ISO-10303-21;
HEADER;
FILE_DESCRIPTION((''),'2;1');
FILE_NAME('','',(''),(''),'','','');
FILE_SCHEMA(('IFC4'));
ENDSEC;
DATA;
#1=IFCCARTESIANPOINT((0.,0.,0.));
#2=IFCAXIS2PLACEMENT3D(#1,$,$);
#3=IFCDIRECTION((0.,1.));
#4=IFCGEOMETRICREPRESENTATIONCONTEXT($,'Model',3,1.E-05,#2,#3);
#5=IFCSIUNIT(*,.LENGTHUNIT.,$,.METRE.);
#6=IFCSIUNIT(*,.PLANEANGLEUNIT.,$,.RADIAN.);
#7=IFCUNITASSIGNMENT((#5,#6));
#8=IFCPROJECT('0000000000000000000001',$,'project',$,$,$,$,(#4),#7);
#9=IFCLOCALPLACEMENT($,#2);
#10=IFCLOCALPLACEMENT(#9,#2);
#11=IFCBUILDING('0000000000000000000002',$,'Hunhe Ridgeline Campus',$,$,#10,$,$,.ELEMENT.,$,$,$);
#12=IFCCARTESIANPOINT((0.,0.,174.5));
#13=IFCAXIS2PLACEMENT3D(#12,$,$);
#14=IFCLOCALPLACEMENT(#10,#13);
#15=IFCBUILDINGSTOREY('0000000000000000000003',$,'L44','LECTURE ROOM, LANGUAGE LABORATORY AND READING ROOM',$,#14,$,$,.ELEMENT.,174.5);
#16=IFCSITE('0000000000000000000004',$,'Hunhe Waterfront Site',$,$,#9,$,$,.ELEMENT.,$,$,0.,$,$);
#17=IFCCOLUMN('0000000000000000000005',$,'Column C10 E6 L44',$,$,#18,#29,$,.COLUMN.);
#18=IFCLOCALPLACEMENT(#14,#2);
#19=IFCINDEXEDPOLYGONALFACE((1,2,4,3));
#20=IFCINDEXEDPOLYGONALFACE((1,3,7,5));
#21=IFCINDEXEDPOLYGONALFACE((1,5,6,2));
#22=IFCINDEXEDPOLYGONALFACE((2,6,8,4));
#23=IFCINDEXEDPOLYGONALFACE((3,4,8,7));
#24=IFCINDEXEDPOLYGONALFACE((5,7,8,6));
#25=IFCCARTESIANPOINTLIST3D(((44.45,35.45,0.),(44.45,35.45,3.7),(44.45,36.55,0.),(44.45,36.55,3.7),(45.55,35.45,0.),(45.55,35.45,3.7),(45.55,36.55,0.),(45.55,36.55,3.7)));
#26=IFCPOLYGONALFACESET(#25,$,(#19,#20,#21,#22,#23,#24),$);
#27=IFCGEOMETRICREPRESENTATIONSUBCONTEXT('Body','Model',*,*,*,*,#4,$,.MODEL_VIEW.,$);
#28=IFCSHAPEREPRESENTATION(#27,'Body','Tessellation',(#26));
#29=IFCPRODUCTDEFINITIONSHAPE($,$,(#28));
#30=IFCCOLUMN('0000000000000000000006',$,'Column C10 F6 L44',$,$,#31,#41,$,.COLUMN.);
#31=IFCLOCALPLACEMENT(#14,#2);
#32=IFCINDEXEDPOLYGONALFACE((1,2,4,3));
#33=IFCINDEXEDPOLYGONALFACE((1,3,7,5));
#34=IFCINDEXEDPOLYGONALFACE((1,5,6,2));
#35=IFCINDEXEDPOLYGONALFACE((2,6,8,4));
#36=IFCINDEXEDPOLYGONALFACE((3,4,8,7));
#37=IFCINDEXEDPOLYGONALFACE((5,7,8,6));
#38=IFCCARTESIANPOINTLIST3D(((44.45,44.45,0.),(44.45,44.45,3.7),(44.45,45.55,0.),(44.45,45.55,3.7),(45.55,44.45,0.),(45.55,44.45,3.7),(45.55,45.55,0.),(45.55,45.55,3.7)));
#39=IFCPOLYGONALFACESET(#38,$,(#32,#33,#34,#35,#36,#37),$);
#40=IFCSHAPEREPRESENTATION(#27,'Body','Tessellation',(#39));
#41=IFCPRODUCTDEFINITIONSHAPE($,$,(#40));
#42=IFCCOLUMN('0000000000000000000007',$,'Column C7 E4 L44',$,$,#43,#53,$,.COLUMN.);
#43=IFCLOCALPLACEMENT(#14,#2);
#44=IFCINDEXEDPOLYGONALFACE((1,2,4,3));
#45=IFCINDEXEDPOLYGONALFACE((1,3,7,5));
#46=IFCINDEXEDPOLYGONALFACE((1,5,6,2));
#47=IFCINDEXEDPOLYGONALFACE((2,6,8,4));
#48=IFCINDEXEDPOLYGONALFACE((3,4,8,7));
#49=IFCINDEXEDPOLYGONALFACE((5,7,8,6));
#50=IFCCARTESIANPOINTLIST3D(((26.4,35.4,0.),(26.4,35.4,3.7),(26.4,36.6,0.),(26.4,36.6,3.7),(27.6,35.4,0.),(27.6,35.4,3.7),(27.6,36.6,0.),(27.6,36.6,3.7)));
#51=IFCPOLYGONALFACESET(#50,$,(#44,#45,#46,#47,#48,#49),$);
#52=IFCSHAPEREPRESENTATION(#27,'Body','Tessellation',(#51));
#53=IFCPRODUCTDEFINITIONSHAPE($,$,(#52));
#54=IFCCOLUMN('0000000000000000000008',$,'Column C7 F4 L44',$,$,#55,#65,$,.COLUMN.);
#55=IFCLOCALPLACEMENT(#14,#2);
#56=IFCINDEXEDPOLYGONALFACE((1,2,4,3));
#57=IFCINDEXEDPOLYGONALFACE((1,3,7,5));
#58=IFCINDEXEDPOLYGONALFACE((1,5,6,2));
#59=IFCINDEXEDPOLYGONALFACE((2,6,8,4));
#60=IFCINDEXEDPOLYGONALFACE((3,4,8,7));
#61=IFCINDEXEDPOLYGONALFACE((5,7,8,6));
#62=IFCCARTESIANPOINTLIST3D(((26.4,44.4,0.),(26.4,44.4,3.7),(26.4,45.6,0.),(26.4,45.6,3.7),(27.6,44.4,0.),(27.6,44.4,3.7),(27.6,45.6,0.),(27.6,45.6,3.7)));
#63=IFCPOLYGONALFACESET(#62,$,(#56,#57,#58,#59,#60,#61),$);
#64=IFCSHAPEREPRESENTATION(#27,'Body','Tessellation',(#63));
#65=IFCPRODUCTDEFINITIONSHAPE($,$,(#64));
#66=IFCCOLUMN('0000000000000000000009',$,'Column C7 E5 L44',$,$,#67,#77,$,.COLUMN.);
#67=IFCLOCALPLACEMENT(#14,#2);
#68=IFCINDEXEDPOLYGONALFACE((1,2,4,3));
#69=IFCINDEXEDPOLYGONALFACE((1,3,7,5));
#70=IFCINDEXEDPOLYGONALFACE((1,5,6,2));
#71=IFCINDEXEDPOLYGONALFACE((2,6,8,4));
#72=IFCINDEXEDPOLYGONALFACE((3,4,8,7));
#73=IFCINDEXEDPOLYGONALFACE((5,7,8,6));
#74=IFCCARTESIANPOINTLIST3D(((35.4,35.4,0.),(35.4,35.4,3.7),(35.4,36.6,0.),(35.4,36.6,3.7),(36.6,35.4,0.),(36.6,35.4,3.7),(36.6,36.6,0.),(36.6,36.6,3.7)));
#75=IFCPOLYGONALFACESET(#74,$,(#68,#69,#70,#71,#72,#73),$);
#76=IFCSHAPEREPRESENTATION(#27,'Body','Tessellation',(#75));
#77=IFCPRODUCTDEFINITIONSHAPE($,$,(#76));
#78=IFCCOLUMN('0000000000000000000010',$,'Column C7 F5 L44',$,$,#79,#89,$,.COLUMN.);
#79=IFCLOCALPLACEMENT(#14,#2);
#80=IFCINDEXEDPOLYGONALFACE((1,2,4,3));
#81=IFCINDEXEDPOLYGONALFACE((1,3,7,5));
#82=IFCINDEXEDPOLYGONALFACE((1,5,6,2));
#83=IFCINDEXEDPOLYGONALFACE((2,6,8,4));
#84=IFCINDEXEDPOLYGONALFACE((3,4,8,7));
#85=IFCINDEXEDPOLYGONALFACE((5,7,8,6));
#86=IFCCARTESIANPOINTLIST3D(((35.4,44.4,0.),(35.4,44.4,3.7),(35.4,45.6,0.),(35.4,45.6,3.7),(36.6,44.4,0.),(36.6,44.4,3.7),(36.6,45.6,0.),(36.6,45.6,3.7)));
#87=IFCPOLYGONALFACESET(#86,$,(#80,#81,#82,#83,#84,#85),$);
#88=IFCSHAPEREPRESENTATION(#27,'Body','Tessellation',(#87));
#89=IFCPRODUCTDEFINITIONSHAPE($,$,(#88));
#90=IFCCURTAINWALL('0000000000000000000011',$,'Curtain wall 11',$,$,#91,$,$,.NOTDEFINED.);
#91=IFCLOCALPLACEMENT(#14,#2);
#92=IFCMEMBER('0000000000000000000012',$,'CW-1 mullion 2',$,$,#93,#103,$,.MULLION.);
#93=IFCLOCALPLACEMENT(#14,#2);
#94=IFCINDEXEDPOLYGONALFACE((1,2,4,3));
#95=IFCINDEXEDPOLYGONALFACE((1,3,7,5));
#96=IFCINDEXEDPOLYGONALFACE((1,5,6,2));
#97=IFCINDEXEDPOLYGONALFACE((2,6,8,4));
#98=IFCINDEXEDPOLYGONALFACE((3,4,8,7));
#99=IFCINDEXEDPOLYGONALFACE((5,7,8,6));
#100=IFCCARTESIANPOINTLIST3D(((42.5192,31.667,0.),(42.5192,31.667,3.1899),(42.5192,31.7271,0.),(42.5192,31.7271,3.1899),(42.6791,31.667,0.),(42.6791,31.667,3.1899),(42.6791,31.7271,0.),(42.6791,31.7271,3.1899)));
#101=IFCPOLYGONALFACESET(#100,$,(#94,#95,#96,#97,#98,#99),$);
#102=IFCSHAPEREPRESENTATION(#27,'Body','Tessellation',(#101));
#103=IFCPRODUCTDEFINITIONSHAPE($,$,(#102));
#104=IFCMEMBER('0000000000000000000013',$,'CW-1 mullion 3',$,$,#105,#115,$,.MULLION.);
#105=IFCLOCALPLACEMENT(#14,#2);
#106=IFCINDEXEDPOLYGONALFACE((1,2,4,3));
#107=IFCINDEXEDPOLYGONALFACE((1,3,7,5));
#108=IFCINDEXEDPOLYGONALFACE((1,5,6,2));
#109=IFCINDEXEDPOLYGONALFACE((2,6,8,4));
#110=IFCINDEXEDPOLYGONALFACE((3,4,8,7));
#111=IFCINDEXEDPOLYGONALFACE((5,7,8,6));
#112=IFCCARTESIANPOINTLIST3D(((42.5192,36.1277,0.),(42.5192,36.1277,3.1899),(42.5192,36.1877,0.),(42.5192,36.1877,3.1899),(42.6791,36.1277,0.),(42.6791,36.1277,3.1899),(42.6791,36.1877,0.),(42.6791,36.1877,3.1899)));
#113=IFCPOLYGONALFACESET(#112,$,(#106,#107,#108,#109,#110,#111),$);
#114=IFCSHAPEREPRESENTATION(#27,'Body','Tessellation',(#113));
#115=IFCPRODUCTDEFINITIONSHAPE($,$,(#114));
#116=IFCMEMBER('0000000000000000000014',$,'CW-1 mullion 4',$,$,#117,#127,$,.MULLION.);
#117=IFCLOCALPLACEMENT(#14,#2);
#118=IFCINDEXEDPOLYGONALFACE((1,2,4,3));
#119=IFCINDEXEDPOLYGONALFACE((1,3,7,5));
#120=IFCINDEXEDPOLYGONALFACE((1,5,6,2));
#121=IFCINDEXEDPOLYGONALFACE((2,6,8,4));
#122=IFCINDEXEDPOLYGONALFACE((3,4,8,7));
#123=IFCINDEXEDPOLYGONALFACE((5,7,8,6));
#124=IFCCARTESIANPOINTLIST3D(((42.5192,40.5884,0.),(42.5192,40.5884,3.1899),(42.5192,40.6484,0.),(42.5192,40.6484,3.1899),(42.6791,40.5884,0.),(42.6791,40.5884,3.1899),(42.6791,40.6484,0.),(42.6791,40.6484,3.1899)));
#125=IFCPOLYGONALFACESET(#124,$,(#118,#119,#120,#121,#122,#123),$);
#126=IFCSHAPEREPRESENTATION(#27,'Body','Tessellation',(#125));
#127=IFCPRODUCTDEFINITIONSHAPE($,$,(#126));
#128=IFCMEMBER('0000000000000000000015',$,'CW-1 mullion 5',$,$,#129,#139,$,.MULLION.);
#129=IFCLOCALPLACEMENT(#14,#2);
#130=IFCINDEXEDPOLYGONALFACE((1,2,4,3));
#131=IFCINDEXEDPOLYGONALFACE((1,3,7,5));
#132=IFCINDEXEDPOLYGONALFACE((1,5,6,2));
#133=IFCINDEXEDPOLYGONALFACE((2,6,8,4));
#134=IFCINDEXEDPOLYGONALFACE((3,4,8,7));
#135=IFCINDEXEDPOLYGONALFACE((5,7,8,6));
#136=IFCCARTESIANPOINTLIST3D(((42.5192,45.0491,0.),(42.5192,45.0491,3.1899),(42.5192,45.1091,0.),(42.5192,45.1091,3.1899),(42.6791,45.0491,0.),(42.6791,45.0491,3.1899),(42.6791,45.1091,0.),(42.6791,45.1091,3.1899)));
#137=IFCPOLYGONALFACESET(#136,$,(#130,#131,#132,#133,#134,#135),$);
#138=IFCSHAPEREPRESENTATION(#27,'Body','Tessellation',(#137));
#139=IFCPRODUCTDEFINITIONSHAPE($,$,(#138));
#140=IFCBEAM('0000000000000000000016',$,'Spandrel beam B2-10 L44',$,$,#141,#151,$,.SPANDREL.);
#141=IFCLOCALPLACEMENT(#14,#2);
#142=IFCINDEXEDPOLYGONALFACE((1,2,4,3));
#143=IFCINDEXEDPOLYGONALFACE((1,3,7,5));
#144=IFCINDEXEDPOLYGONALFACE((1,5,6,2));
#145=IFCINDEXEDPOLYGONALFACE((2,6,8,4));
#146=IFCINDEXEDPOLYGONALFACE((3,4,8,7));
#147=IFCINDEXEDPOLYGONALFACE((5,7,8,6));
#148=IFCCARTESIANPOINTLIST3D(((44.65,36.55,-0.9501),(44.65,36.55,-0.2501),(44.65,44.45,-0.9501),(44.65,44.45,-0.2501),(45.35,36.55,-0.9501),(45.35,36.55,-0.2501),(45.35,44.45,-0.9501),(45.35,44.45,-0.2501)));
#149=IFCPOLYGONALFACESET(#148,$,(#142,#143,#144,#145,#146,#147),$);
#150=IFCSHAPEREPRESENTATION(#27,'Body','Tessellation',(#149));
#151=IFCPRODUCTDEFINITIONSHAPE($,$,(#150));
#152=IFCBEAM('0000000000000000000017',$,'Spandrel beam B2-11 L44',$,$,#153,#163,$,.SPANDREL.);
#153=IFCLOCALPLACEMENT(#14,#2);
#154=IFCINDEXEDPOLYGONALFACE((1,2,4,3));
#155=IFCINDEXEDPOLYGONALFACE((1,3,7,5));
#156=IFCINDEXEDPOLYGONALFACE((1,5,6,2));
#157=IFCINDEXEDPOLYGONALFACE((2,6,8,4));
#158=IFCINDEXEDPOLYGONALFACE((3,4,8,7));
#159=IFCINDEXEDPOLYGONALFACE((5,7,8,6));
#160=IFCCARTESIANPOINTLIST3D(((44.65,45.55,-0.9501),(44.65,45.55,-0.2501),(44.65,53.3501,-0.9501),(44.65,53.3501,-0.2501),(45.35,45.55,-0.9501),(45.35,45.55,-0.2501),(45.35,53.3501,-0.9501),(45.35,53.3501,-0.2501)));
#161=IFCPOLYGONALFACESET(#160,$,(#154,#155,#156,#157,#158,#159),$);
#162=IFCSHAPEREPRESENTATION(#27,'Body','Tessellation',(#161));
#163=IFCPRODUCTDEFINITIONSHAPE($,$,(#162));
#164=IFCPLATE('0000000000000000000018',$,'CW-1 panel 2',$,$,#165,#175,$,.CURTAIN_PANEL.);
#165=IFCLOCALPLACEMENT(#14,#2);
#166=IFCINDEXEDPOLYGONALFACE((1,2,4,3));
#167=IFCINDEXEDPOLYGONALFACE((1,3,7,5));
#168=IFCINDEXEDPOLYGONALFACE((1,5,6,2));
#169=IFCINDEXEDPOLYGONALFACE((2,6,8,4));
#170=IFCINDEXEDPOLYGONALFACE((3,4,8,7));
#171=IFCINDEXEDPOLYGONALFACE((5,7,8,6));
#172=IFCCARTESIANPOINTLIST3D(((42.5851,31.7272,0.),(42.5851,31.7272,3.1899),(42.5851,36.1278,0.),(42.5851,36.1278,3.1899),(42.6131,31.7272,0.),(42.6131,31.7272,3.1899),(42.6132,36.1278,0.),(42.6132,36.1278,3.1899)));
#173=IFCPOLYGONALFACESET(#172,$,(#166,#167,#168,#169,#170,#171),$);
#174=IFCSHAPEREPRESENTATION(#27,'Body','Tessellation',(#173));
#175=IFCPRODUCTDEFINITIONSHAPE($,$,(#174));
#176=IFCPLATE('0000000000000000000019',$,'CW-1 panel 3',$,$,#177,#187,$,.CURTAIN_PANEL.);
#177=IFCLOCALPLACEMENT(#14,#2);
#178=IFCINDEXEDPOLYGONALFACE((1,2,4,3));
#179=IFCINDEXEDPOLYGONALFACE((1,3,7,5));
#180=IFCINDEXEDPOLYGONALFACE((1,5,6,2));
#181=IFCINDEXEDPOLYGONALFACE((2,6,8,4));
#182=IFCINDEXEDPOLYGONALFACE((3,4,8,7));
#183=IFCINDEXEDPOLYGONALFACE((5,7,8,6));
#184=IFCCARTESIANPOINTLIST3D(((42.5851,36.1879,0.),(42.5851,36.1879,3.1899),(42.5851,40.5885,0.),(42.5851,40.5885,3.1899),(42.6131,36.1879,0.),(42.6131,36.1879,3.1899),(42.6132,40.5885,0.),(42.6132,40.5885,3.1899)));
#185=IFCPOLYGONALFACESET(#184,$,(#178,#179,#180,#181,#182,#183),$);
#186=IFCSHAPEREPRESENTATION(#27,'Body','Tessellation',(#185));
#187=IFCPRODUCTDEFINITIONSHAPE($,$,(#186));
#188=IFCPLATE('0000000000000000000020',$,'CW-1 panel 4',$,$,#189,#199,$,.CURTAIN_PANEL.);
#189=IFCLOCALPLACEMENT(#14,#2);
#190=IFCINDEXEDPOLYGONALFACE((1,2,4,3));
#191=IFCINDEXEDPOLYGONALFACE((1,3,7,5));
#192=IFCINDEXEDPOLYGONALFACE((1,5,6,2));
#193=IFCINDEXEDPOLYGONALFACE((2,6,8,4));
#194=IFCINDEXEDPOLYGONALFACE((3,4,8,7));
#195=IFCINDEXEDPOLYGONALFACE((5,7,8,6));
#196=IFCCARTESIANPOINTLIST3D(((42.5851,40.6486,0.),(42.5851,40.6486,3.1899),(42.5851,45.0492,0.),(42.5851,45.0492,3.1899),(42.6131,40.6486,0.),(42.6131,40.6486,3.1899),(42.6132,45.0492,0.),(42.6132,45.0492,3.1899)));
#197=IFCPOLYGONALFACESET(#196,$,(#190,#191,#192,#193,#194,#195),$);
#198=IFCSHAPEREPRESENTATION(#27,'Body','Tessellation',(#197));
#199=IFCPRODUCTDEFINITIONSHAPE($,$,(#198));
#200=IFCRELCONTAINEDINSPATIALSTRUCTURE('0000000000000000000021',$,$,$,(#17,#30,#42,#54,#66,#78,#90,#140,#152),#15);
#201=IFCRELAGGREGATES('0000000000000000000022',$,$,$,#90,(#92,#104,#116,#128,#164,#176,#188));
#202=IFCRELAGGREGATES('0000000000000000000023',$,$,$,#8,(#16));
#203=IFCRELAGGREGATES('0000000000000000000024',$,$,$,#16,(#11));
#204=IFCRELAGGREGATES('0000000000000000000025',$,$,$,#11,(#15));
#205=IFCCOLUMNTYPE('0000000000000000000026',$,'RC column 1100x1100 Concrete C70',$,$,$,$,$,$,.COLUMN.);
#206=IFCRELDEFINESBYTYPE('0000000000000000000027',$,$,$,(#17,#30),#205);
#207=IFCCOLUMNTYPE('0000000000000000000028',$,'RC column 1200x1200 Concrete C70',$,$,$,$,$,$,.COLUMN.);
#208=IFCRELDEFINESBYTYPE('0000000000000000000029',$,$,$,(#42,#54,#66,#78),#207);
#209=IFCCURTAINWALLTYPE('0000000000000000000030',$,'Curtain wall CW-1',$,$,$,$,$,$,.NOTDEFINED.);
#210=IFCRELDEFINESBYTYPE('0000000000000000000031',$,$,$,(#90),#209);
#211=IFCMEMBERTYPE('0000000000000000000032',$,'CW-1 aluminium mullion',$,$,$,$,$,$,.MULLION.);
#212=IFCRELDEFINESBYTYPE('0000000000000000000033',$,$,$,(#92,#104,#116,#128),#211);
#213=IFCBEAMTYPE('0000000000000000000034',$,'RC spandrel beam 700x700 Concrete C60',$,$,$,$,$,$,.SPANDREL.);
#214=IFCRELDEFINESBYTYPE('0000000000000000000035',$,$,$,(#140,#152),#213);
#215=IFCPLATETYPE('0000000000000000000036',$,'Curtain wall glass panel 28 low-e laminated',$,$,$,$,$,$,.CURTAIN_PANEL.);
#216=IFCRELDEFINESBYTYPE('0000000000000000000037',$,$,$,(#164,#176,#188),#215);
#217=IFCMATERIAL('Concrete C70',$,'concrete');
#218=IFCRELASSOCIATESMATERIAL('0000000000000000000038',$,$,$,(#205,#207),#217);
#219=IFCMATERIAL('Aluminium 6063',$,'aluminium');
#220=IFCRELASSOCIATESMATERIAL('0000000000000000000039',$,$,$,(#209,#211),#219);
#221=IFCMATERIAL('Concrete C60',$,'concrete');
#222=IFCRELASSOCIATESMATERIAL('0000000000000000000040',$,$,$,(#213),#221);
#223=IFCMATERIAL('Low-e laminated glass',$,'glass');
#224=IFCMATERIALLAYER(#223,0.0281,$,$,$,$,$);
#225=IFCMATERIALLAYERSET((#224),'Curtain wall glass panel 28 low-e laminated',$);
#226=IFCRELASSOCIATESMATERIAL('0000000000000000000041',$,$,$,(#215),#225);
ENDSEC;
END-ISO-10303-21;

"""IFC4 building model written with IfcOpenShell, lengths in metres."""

from ifc_helpers import new_model, si_unit, direction, frame, origin, origin_2d, place, context, subcontext, project, spatial, rectangle, extrude, material, layer, layer_set, material_profile, profile_set, type_object, element, aggregate, save


model = new_model("IFC4")

# Units and contexts
model_context = context("Model", 3, precision=1e-05, world=origin(), true_north=direction((0.0, 1.0)))
body_context = subcontext(model_context, "Body", "Model", "MODEL_VIEW")
ifc_project = project(units=[si_unit("LENGTHUNIT", "METRE"), si_unit("PLANEANGLEUNIT", "RADIAN")], contexts=[model_context])

# Site, building, storey
site_placement = place(None, origin())
site = spatial("IfcSite", under=ifc_project, at=site_placement, Name="Hunhe Waterfront Site", CompositionType="ELEMENT", RefElevation=0.0)
building_placement = place(site_placement, origin())
building = spatial("IfcBuilding", under=site, at=building_placement, Name="Hunhe Ridgeline Campus", CompositionType="ELEMENT")
storey_placement = place(building_placement, frame((0.0, 0.0, 174.5)))
storey = spatial("IfcBuildingStorey", under=building, at=storey_placement, Name="L44", Description="LECTURE ROOM, LANGUAGE LABORATORY AND READING ROOM", CompositionType="ELEMENT", Elevation=174.5)

# Columns
ifc_material_1 = material(Name="Concrete C70", Category="concrete")
ifc_material_profile_1 = material_profile(ifc_material_1, rectangle(XDim=1.1001, YDim=1.1001, at=origin_2d()))
ifc_profile_set_1 = profile_set([ifc_material_profile_1], Name="Concrete C70")
column_type_1 = type_object("IfcColumnType", Name="RC column 1100x1100 Concrete C70", PredefinedType="COLUMN", material=ifc_profile_set_1)
for number, where, z_axis, x_axis, name in (
    (1, (45.0, 36.0, 0.0), (0.0, 0.0, 1.0), (1.0, 0.0, 0.0), "Column C10 E6 L44"),
    (2, (45.0, 45.0, 0.0), (0.0, 0.0, 1.0), (1.0, 0.0, 0.0), "Column C10 F6 L44"),
):
    element("IfcColumn", number, at=place(storey_placement, frame(where, z_axis=z_axis, x_axis=x_axis)), inside=storey, type_object=column_type_1, Name=name, PredefinedType="COLUMN", context=body_context, shape_type="SweptSolid", body=[
        extrude(rectangle(XDim=1.1001, YDim=1.1001, at=origin_2d()), origin(), (0.0, 0.0, 1.0), 3.7),
    ])
ifc_material_profile_2 = material_profile(ifc_material_1, rectangle(XDim=1.2, YDim=1.2, at=origin_2d()))
ifc_profile_set_2 = profile_set([ifc_material_profile_2], Name="Concrete C70")
column_type_2 = type_object("IfcColumnType", Name="RC column 1200x1200 Concrete C70", PredefinedType="COLUMN", material=ifc_profile_set_2)
for number, where, z_axis, x_axis, name in (
    (3, (27.0, 36.0, 0.0), (0.0, 0.0, 1.0), (1.0, 0.0, 0.0), "Column C7 E4 L44"),
    (4, (27.0, 45.0, 0.0), (0.0, 0.0, 1.0), (1.0, 0.0, 0.0), "Column C7 F4 L44"),
    (5, (36.0, 36.0, 0.0), (0.0, 0.0, 1.0), (1.0, 0.0, 0.0), "Column C7 E5 L44"),
    (6, (36.0, 45.0, 0.0), (0.0, 0.0, 1.0), (1.0, 0.0, 0.0), "Column C7 F5 L44"),
):
    element("IfcColumn", number, at=place(storey_placement, frame(where, z_axis=z_axis, x_axis=x_axis)), inside=storey, type_object=column_type_2, Name=name, PredefinedType="COLUMN", context=body_context, shape_type="SweptSolid", body=[
        extrude(rectangle(XDim=1.2, YDim=1.2, at=origin_2d()), origin(), (0.0, 0.0, 1.0), 3.7),
    ])

# Curtain wall, members
ifc_material_2 = material(Name="Aluminium 6063", Category="aluminium")
curtain_wall_type = type_object("IfcCurtainWallType", Name="Curtain wall CW-1", PredefinedType="NOTDEFINED", material=ifc_material_2)
curtain_wall_placement = place(storey_placement, origin())
curtain_wall = element("IfcCurtainWall", 7, at=curtain_wall_placement, inside=storey, type_object=curtain_wall_type, Name="Curtain wall 11", PredefinedType="NOTDEFINED")
ifc_material_profile_3 = material_profile(ifc_material_2, rectangle(XDim=0.1599, YDim=0.0601, at=origin_2d()))
ifc_profile_set_3 = profile_set([ifc_material_profile_3], Name="Aluminium 6063")
member_type = type_object("IfcMemberType", Name="CW-1 aluminium mullion", PredefinedType="MULLION", material=ifc_profile_set_3)
member_1_placement = place(storey_placement, frame((42.5991, 31.697, 0.0), z_axis=(0.0, 0.0, 1.0), x_axis=(-1.0, 0.000004, 0.0)))
member_1 = element("IfcMember", 8, at=member_1_placement, type_object=member_type, Name="CW-1 mullion 2", PredefinedType="MULLION", context=body_context, shape_type="SweptSolid", body=[
    extrude(rectangle(XDim=0.1599, YDim=0.0601, at=origin_2d()), origin(), (0.0, 0.0, 1.0), 3.1899),
])
member_2_placement = place(storey_placement, frame((42.5991, 36.1577, 0.0), z_axis=(0.0, 0.0, 1.0), x_axis=(-1.0, 0.000004, 0.0)))
member_2 = element("IfcMember", 9, at=member_2_placement, type_object=member_type, Name="CW-1 mullion 3", PredefinedType="MULLION", context=body_context, shape_type="SweptSolid", body=[
    extrude(rectangle(XDim=0.1599, YDim=0.0601, at=origin_2d()), origin(), (0.0, 0.0, 1.0), 3.1899),
])
member_3_placement = place(storey_placement, frame((42.5991, 40.6184, 0.0), z_axis=(0.0, 0.0, 1.0), x_axis=(-1.0, 0.000004, 0.0)))
member_3 = element("IfcMember", 10, at=member_3_placement, type_object=member_type, Name="CW-1 mullion 4", PredefinedType="MULLION", context=body_context, shape_type="SweptSolid", body=[
    extrude(rectangle(XDim=0.1599, YDim=0.0601, at=origin_2d()), origin(), (0.0, 0.0, 1.0), 3.1899),
])
member_4_placement = place(storey_placement, frame((42.5991, 45.0791, 0.0), z_axis=(0.0, 0.0, 1.0), x_axis=(-1.0, 0.000004, 0.0)))
member_4 = element("IfcMember", 11, at=member_4_placement, type_object=member_type, Name="CW-1 mullion 5", PredefinedType="MULLION", context=body_context, shape_type="SweptSolid", body=[
    extrude(rectangle(XDim=0.1599, YDim=0.0601, at=origin_2d()), origin(), (0.0, 0.0, 1.0), 3.1899),
])

# Beams
ifc_material_3 = material(Name="Concrete C60", Category="concrete")
ifc_material_profile_4 = material_profile(ifc_material_3, rectangle(XDim=0.7, YDim=0.7, at=origin_2d()))
ifc_profile_set_4 = profile_set([ifc_material_profile_4], Name="Concrete C60")
beam_type = type_object("IfcBeamType", Name="RC spandrel beam 700x700 Concrete C60", PredefinedType="SPANDREL", material=ifc_profile_set_4)
beam_1_placement = place(storey_placement, frame((45.0, 36.55, -0.6001), z_axis=(0.0, 1.0, 0.0), x_axis=(-1.0, 0.0, 0.0)))
element("IfcBeam", 12, at=beam_1_placement, inside=storey, type_object=beam_type, Name="Spandrel beam B2-10 L44", PredefinedType="SPANDREL", context=body_context, shape_type="SweptSolid", body=[
    extrude(rectangle(XDim=0.7, YDim=0.7, at=origin_2d()), origin(), (0.0, 0.0, 1.0), 7.8999),
])
beam_2_placement = place(storey_placement, frame((45.0, 45.55, -0.6001), z_axis=(0.0, 1.0, 0.0), x_axis=(-1.0, 0.0, 0.0)))
element("IfcBeam", 13, at=beam_2_placement, inside=storey, type_object=beam_type, Name="Spandrel beam B2-11 L44", PredefinedType="SPANDREL", context=body_context, shape_type="SweptSolid", body=[
    extrude(rectangle(XDim=0.7, YDim=0.7, at=origin_2d()), origin(), (0.0, 0.0, 1.0), 7.8),
])

# Plates
ifc_material_4 = material(Name="Low-e laminated glass", Category="glass")
ifc_layer_1 = layer(ifc_material_4, 0.0281)
ifc_layer_set_1 = layer_set([ifc_layer_1], Name="Curtain wall glass panel 28 low-e laminated")
plate_type = type_object("IfcPlateType", Name="Curtain wall glass panel 28 low-e laminated", PredefinedType="CURTAIN_PANEL", material=ifc_layer_set_1)
plate_1_placement = place(storey_placement, frame((42.5991, 33.9275, 0.0), z_axis=(0.0, 0.0, 1.0), x_axis=(0.000004, 1.0, 0.0)))
plate_1 = element("IfcPlate", 14, at=plate_1_placement, type_object=plate_type, Name="CW-1 panel 2", PredefinedType="CURTAIN_PANEL", context=body_context, shape_type="SweptSolid", body=[
    extrude(rectangle(XDim=4.4006, YDim=0.0281, at=origin_2d()), origin(), (0.0, 0.0, 1.0), 3.1899),
])
plate_2_placement = place(storey_placement, frame((42.5991, 38.3882, 0.0), z_axis=(0.0, 0.0, 1.0), x_axis=(0.000004, 1.0, 0.0)))
plate_2 = element("IfcPlate", 15, at=plate_2_placement, type_object=plate_type, Name="CW-1 panel 3", PredefinedType="CURTAIN_PANEL", context=body_context, shape_type="SweptSolid", body=[
    extrude(rectangle(XDim=4.4006, YDim=0.0281, at=origin_2d()), origin(), (0.0, 0.0, 1.0), 3.1899),
])
plate_3_placement = place(storey_placement, frame((42.5991, 42.8489, 0.0), z_axis=(0.0, 0.0, 1.0), x_axis=(0.000004, 1.0, 0.0)))
plate_3 = element("IfcPlate", 16, at=plate_3_placement, type_object=plate_type, Name="CW-1 panel 4", PredefinedType="CURTAIN_PANEL", context=body_context, shape_type="SweptSolid", body=[
    extrude(rectangle(XDim=4.4006, YDim=0.0281, at=origin_2d()), origin(), (0.0, 0.0, 1.0), 3.1899),
])
aggregate(curtain_wall, [member_1, member_2, member_3, member_4, plate_1, plate_2, plate_3])

save(model, "model.ifc")
